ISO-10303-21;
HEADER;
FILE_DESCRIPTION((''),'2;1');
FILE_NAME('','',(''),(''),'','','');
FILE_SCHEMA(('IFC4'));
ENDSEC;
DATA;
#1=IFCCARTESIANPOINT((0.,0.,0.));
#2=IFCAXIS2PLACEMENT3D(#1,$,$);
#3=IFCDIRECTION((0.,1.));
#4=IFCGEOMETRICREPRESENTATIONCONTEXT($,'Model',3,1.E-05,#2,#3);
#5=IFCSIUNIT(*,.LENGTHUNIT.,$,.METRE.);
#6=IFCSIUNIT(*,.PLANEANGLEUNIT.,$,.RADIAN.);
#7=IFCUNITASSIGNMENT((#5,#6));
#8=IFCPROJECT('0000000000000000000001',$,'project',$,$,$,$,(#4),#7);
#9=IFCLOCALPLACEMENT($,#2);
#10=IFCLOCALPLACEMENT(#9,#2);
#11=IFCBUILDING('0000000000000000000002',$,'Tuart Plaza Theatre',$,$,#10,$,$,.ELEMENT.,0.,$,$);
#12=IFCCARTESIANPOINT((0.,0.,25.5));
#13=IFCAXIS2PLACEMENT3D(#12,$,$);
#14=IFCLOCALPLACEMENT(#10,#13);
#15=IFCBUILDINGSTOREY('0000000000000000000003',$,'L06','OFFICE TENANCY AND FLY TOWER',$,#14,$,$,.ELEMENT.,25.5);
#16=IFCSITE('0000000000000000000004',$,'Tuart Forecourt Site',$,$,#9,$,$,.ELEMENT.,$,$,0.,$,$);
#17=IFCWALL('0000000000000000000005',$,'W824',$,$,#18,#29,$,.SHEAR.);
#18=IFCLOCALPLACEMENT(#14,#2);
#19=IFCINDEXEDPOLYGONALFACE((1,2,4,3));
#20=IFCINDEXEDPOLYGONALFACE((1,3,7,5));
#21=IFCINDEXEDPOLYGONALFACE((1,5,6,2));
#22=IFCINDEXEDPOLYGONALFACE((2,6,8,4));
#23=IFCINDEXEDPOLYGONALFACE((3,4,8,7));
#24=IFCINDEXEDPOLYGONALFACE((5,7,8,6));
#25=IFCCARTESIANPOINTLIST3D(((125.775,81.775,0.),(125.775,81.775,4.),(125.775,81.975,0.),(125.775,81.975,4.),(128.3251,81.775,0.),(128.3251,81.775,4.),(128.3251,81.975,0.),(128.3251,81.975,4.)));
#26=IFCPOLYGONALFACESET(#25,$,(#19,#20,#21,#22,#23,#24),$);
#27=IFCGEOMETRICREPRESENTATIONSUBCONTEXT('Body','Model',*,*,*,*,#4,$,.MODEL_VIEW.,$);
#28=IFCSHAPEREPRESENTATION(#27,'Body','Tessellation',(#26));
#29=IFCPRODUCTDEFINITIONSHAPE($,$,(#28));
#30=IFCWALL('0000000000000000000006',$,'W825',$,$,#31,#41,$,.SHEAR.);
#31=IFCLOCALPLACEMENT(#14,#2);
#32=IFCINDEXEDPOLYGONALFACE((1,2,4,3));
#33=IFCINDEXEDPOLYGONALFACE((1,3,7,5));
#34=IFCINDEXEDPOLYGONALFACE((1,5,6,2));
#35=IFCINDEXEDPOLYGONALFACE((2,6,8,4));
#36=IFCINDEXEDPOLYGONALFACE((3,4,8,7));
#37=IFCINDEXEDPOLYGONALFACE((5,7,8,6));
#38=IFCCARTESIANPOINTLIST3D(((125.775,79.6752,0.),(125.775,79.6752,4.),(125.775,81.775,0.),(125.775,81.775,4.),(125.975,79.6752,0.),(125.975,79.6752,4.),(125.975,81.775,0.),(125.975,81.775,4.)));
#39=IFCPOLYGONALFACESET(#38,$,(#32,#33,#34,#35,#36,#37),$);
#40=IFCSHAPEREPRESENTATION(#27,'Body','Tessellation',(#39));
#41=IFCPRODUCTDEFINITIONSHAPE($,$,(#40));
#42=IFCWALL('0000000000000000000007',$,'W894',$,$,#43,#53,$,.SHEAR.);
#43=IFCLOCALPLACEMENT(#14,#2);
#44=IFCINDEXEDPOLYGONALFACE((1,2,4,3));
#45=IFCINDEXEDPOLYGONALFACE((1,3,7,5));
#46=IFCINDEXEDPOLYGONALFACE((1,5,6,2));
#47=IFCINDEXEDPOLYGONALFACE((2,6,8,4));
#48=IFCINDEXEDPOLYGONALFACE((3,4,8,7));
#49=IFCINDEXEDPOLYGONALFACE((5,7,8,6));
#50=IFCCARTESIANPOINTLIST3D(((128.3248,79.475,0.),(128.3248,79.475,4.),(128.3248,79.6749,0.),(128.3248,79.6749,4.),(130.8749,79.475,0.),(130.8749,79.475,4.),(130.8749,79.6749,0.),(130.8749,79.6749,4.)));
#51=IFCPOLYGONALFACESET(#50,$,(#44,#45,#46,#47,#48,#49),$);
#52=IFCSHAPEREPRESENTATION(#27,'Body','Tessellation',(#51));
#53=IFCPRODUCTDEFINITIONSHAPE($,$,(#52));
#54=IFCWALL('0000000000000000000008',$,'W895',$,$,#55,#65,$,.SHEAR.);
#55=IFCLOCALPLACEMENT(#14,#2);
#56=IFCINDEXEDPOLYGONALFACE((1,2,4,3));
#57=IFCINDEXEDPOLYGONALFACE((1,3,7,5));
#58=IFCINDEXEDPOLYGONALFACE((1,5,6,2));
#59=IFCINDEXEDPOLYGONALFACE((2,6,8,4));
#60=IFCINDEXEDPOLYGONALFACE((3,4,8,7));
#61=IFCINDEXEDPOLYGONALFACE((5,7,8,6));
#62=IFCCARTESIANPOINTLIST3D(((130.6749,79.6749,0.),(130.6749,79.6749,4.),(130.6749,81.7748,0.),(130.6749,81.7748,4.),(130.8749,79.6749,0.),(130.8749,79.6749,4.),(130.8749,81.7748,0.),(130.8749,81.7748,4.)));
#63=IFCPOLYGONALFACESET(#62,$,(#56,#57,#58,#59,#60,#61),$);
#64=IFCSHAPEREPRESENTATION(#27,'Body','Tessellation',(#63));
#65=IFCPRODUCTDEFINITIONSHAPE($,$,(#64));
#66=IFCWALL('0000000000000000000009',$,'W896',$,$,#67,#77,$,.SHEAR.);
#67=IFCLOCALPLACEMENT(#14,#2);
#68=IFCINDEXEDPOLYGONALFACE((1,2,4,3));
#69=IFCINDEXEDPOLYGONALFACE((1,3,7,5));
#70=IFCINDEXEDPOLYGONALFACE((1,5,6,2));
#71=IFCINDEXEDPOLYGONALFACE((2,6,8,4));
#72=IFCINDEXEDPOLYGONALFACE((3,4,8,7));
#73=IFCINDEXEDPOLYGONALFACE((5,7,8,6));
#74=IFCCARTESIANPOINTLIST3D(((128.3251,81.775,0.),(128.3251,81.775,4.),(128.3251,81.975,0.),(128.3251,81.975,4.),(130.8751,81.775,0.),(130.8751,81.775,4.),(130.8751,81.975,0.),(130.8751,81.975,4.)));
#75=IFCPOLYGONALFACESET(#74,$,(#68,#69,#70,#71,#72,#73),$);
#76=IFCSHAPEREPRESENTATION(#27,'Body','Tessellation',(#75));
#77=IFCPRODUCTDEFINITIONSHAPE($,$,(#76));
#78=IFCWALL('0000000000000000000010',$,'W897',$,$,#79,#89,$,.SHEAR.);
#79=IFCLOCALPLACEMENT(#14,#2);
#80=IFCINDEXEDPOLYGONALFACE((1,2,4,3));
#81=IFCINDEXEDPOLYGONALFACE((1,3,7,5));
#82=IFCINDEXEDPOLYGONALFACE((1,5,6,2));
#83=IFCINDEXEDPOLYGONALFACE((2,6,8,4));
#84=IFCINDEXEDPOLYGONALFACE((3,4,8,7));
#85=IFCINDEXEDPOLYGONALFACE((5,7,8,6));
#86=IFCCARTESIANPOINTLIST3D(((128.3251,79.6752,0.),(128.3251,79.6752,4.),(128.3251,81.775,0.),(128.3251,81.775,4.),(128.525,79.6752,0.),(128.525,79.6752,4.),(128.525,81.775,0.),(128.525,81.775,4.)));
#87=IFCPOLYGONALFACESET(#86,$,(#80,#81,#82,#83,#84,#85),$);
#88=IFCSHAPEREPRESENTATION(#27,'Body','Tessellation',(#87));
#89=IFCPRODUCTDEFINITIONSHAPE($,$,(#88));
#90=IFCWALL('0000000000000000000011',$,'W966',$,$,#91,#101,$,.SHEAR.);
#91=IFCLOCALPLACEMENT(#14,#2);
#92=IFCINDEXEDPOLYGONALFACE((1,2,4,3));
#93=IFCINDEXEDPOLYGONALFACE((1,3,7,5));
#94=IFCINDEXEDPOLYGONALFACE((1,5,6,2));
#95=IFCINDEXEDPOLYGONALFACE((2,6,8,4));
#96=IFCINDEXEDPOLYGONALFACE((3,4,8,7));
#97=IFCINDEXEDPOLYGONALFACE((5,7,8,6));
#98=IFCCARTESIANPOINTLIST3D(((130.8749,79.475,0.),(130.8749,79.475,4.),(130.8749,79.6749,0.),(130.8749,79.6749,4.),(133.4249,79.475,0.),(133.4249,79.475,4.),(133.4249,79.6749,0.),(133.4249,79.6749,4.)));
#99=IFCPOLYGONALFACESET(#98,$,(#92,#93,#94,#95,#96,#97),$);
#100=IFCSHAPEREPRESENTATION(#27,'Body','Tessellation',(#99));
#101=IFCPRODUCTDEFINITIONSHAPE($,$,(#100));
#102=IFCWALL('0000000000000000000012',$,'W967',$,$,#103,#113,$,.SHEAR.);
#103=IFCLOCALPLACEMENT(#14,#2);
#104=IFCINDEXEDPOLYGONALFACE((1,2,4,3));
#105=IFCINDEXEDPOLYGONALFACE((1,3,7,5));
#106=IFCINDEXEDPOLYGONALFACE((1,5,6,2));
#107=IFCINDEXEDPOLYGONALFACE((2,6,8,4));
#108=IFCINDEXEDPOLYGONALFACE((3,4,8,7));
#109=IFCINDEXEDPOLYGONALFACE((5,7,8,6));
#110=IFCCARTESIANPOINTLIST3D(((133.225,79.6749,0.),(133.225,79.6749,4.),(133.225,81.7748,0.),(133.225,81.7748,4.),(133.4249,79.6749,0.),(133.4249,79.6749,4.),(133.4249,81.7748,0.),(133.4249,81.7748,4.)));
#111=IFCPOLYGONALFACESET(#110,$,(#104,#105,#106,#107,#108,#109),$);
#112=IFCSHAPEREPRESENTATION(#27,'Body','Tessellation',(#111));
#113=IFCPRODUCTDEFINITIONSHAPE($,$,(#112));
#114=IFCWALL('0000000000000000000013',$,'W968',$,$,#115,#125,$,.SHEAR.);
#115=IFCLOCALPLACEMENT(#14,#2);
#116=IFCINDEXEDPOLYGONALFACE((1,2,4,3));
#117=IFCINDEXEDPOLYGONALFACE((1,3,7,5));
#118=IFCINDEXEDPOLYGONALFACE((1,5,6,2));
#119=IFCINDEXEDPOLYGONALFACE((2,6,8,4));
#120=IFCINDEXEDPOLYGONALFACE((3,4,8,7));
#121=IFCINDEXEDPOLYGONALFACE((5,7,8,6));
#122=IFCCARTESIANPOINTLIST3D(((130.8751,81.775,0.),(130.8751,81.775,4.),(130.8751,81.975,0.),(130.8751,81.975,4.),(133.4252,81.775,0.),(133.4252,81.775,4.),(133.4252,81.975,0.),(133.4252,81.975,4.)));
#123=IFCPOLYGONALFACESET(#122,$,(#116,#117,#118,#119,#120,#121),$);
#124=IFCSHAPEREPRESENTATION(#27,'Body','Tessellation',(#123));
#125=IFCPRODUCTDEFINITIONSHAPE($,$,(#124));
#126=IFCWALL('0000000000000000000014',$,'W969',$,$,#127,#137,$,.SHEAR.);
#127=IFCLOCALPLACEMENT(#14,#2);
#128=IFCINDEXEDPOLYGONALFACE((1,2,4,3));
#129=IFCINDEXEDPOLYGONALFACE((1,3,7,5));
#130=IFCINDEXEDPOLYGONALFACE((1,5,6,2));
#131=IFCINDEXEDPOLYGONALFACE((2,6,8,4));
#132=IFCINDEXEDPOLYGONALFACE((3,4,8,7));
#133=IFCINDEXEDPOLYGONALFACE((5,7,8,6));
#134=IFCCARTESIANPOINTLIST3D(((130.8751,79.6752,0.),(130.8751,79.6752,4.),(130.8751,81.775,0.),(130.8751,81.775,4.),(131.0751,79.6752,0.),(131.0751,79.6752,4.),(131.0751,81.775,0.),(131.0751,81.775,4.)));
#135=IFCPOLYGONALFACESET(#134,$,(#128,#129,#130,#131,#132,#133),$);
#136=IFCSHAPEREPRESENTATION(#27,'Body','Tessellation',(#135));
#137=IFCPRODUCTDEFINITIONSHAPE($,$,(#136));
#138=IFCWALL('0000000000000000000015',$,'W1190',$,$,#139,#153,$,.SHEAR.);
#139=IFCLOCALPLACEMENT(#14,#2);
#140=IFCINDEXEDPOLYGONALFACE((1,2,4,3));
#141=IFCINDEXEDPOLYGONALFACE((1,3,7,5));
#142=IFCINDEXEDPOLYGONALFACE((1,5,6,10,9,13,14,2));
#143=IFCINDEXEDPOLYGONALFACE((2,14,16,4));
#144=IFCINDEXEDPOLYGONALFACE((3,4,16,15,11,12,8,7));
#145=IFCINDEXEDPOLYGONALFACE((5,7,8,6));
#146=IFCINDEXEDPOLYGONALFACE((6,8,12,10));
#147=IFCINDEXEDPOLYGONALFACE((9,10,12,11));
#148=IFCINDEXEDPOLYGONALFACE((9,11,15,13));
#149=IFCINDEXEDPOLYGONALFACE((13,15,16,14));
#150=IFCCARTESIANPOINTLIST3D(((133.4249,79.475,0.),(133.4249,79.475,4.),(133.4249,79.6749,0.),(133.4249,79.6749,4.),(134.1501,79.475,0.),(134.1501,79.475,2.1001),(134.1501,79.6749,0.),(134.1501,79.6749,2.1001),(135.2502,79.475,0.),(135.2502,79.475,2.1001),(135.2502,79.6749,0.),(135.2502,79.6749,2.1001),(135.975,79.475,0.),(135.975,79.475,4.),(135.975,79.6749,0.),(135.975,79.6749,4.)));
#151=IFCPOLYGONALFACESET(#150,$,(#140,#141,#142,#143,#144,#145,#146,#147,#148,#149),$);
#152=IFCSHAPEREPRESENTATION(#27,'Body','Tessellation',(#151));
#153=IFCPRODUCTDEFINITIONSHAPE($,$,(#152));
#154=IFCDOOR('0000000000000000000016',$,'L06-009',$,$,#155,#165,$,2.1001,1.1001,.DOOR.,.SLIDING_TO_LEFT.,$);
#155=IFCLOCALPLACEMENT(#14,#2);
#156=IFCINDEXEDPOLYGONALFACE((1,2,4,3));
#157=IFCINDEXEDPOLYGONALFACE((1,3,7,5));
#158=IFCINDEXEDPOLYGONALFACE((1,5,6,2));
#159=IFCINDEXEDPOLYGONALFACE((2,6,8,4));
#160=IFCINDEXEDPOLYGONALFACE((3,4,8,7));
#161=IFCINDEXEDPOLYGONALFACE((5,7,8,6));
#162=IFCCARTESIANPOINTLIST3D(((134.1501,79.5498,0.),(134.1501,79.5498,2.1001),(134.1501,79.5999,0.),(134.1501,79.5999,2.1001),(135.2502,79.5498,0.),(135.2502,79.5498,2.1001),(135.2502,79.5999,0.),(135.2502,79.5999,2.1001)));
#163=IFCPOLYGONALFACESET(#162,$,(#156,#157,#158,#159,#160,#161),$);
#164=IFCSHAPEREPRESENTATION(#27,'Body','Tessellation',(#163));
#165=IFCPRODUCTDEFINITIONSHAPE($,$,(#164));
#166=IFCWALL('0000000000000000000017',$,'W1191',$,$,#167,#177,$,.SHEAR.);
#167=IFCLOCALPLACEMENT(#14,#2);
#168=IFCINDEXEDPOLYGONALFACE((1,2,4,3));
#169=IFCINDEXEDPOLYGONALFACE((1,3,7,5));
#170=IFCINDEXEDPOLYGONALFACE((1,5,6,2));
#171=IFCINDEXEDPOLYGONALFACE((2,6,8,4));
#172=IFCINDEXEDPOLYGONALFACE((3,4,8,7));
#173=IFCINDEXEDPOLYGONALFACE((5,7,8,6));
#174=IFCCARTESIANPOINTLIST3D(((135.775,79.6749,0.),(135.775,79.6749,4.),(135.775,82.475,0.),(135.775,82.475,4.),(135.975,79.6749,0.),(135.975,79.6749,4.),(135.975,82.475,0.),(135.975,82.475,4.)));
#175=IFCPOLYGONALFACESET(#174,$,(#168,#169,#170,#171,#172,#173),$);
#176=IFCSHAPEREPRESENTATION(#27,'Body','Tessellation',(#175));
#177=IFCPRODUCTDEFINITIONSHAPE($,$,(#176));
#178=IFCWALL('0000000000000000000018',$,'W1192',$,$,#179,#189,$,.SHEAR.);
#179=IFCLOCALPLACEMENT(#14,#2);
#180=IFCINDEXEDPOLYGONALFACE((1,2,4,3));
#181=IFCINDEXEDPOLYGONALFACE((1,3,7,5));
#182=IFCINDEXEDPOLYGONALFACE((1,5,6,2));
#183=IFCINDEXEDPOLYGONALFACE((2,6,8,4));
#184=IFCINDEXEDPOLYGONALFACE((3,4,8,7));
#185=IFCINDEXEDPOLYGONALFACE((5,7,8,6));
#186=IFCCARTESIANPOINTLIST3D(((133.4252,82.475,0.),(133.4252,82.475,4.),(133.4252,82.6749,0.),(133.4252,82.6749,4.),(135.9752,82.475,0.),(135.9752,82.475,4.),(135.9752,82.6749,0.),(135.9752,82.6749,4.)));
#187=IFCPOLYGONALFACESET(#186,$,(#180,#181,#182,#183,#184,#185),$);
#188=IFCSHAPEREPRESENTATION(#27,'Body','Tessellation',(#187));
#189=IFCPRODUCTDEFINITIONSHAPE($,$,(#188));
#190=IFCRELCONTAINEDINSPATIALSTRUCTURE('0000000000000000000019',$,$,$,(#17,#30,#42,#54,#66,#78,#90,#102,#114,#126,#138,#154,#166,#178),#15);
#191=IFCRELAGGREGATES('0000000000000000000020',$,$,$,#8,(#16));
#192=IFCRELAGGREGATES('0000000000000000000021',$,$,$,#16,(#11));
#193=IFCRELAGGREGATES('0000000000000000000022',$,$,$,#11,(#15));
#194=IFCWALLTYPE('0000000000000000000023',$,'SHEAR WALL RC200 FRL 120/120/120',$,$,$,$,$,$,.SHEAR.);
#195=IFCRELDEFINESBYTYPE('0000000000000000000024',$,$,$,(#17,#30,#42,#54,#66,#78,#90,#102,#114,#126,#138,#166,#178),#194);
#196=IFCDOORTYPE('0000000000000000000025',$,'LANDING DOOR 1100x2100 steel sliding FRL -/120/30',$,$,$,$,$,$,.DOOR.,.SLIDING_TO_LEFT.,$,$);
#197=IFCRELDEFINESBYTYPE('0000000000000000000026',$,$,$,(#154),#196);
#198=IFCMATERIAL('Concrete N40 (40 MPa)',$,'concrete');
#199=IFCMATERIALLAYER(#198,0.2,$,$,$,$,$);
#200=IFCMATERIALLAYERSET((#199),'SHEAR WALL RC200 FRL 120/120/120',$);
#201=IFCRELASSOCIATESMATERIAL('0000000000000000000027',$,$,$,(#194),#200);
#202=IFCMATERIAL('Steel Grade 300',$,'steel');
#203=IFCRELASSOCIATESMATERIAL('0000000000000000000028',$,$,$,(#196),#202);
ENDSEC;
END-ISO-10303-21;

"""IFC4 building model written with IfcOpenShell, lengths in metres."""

from ifc_helpers import new_model, si_unit, direction, frame, frame_2d, origin, place, context, subcontext, project, spatial, rectangle, extrude, material, layer, layer_set, type_object, element, fill, save


model = new_model("IFC4")

# Units and contexts
model_context = context("Model", 3, precision=1e-05, world=origin(), true_north=direction((0.0, 1.0)))
body_context = subcontext(model_context, "Body", "Model", "MODEL_VIEW")
ifc_project = project(units=[si_unit("LENGTHUNIT", "METRE"), si_unit("PLANEANGLEUNIT", "RADIAN")], contexts=[model_context])

# Site, building, storey
site_placement = place(None, origin())
site = spatial("IfcSite", under=ifc_project, at=site_placement, Name="Tuart Forecourt Site", CompositionType="ELEMENT", RefElevation=0.0)
building_placement = place(site_placement, origin())
building = spatial("IfcBuilding", under=site, at=building_placement, Name="Tuart Plaza Theatre", CompositionType="ELEMENT", ElevationOfRefHeight=0.0)
storey_placement = place(building_placement, frame((0.0, 0.0, 25.5)))
storey = spatial("IfcBuildingStorey", under=building, at=storey_placement, Name="L06", Description="OFFICE TENANCY AND FLY TOWER", CompositionType="ELEMENT", Elevation=25.5)

# Walls
ifc_material_1 = material(Name="Concrete N40 (40 MPa)", Category="concrete")
ifc_layer_1 = layer(ifc_material_1, 0.2)
ifc_layer_set_1 = layer_set([ifc_layer_1], Name="SHEAR WALL RC200 FRL 120/120/120")
wall_type_1 = type_object("IfcWallType", Name="SHEAR WALL RC200 FRL 120/120/120", PredefinedType="SHEAR", material=ifc_layer_set_1)
wall_1_placement = place(storey_placement, frame((128.325, 81.875, 0.0), z_axis=(0.0, 0.0, 1.0), x_axis=(-1.0, 0.0, 0.0)))
element("IfcWall", 1, at=wall_1_placement, inside=storey, type_object=wall_type_1, Name="W824", PredefinedType="SHEAR", context=body_context, shape_type="SweptSolid", body=[
    extrude(rectangle(XDim=2.55, YDim=0.2, at=frame_2d((1.2749, 0.0))), origin(), (0.0, 0.0, 1.0), 4.0),
])
wall_2_placement = place(storey_placement, frame((125.875, 81.7749, 0.0), z_axis=(0.0, 0.0, 1.0), x_axis=(0.0, -1.0, 0.0)))
element("IfcWall", 2, at=wall_2_placement, inside=storey, type_object=wall_type_1, Name="W825", PredefinedType="SHEAR", context=body_context, shape_type="SweptSolid", body=[
    extrude(rectangle(XDim=2.0999, YDim=0.2, at=frame_2d((1.0498, 0.0))), origin(), (0.0, 0.0, 1.0), 4.0),
])
wall_3_placement = place(storey_placement, frame((128.325, 79.575, 0.0), z_axis=(0.0, 0.0, 1.0), x_axis=(1.0, 0.0, 0.0)))
element("IfcWall", 3, at=wall_3_placement, inside=storey, type_object=wall_type_1, Name="W894", PredefinedType="SHEAR", context=body_context, shape_type="SweptSolid", body=[
    extrude(rectangle(XDim=2.55, YDim=0.2, at=frame_2d((1.2749, 0.0))), origin(), (0.0, 0.0, 1.0), 4.0),
])
wall_4_placement = place(storey_placement, frame((130.7749, 79.675, 0.0), z_axis=(0.0, 0.0, 1.0), x_axis=(0.0, 1.0, 0.0)))
element("IfcWall", 4, at=wall_4_placement, inside=storey, type_object=wall_type_1, Name="W895", PredefinedType="SHEAR", context=body_context, shape_type="SweptSolid", body=[
    extrude(rectangle(XDim=2.0999, YDim=0.2, at=frame_2d((1.0498, 0.0))), origin(), (0.0, 0.0, 1.0), 4.0),
])
wall_5_placement = place(storey_placement, frame((130.875, 81.875, 0.0), z_axis=(0.0, 0.0, 1.0), x_axis=(-1.0, 0.0, 0.0)))
element("IfcWall", 5, at=wall_5_placement, inside=storey, type_object=wall_type_1, Name="W896", PredefinedType="SHEAR", context=body_context, shape_type="SweptSolid", body=[
    extrude(rectangle(XDim=2.55, YDim=0.2, at=frame_2d((1.2749, 0.0))), origin(), (0.0, 0.0, 1.0), 4.0),
])
wall_6_placement = place(storey_placement, frame((128.425, 81.7749, 0.0), z_axis=(0.0, 0.0, 1.0), x_axis=(0.0, -1.0, 0.0)))
element("IfcWall", 6, at=wall_6_placement, inside=storey, type_object=wall_type_1, Name="W897", PredefinedType="SHEAR", context=body_context, shape_type="SweptSolid", body=[
    extrude(rectangle(XDim=2.0999, YDim=0.2, at=frame_2d((1.0498, 0.0))), origin(), (0.0, 0.0, 1.0), 4.0),
])
wall_7_placement = place(storey_placement, frame((130.875, 79.575, 0.0), z_axis=(0.0, 0.0, 1.0), x_axis=(1.0, 0.0, 0.0)))
element("IfcWall", 7, at=wall_7_placement, inside=storey, type_object=wall_type_1, Name="W966", PredefinedType="SHEAR", context=body_context, shape_type="SweptSolid", body=[
    extrude(rectangle(XDim=2.55, YDim=0.2, at=frame_2d((1.2749, 0.0))), origin(), (0.0, 0.0, 1.0), 4.0),
])
wall_8_placement = place(storey_placement, frame((133.325, 79.675, 0.0), z_axis=(0.0, 0.0, 1.0), x_axis=(0.0, 1.0, 0.0)))
element("IfcWall", 8, at=wall_8_placement, inside=storey, type_object=wall_type_1, Name="W967", PredefinedType="SHEAR", context=body_context, shape_type="SweptSolid", body=[
    extrude(rectangle(XDim=2.0999, YDim=0.2, at=frame_2d((1.0498, 0.0))), origin(), (0.0, 0.0, 1.0), 4.0),
])
wall_9_placement = place(storey_placement, frame((133.425, 81.875, 0.0), z_axis=(0.0, 0.0, 1.0), x_axis=(-1.0, 0.0, 0.0)))
element("IfcWall", 9, at=wall_9_placement, inside=storey, type_object=wall_type_1, Name="W968", PredefinedType="SHEAR", context=body_context, shape_type="SweptSolid", body=[
    extrude(rectangle(XDim=2.55, YDim=0.2, at=frame_2d((1.2749, 0.0))), origin(), (0.0, 0.0, 1.0), 4.0),
])
wall_10_placement = place(storey_placement, frame((130.9751, 81.7749, 0.0), z_axis=(0.0, 0.0, 1.0), x_axis=(0.0, -1.0, 0.0)))
element("IfcWall", 10, at=wall_10_placement, inside=storey, type_object=wall_type_1, Name="W969", PredefinedType="SHEAR", context=body_context, shape_type="SweptSolid", body=[
    extrude(rectangle(XDim=2.0999, YDim=0.2, at=frame_2d((1.0498, 0.0))), origin(), (0.0, 0.0, 1.0), 4.0),
])

# Wall, opening, door
wall_11_placement = place(storey_placement, frame((133.425, 79.575, 0.0), z_axis=(0.0, 0.0, 1.0), x_axis=(1.0, 0.0, 0.0)))
wall_11 = element("IfcWall", 11, at=wall_11_placement, inside=storey, type_object=wall_type_1, Name="W1190", PredefinedType="SHEAR", context=body_context, shape_type="SweptSolid", body=[
    extrude(rectangle(XDim=2.55, YDim=0.2, at=frame_2d((1.2749, 0.0))), origin(), (0.0, 0.0, 1.0), 4.0),
])
opening_1_placement = place(wall_11_placement, frame((0.7251, 0.0, 0.0)))
opening_1 = element("IfcOpeningElement", 12, at=opening_1_placement, cuts=wall_11, PredefinedType="OPENING", context=body_context, shape_type="SweptSolid", body=[
    extrude(rectangle(XDim=1.1001, YDim=2.1001, at=frame_2d((0.55, 1.05))), frame((0.0, 0.1099, 0.0), z_axis=(0.0, -1.0, 0.0), x_axis=(1.0, 0.0, 0.0)), (0.0, 0.0, 1.0), 0.22),
])
ifc_material_2 = material(Name="Steel Grade 300", Category="steel")
door_type_1 = type_object("IfcDoorType", Name="LANDING DOOR 1100x2100 steel sliding FRL -/120/30", OperationType="SLIDING_TO_LEFT", PredefinedType="DOOR", material=ifc_material_2)
door_1_placement = place(opening_1_placement, origin())
door_1 = element("IfcDoor", 13, at=door_1_placement, inside=storey, type_object=door_type_1, Name="L06-009", OperationType="SLIDING_TO_LEFT", OverallHeight=2.1001, OverallWidth=1.1001, PredefinedType="DOOR", context=body_context, shape_type="SweptSolid", body=[
    extrude(rectangle(XDim=1.1001, YDim=2.1001, at=frame_2d((0.55, 1.05))), frame((0.0, 0.0249, 0.0), z_axis=(0.0, -1.0, 0.0), x_axis=(1.0, 0.0, 0.0)), (0.0, 0.0, 1.0), 0.05),
])
fill(opening_1, door_1)

# Walls
wall_12_placement = place(storey_placement, frame((135.875, 79.675, 0.0), z_axis=(0.0, 0.0, 1.0), x_axis=(0.0, 1.0, 0.0)))
element("IfcWall", 14, at=wall_12_placement, inside=storey, type_object=wall_type_1, Name="W1191", PredefinedType="SHEAR", context=body_context, shape_type="SweptSolid", body=[
    extrude(rectangle(XDim=2.8, YDim=0.2, at=frame_2d((1.3999, 0.0))), origin(), (0.0, 0.0, 1.0), 4.0),
])
wall_13_placement = place(storey_placement, frame((135.9751, 82.575, 0.0), z_axis=(0.0, 0.0, 1.0), x_axis=(-1.0, 0.0, 0.0)))
element("IfcWall", 15, at=wall_13_placement, inside=storey, type_object=wall_type_1, Name="W1192", PredefinedType="SHEAR", context=body_context, shape_type="SweptSolid", body=[
    extrude(rectangle(XDim=2.55, YDim=0.2, at=frame_2d((1.2749, 0.0))), origin(), (0.0, 0.0, 1.0), 4.0),
])

save(model, "model.ifc")
